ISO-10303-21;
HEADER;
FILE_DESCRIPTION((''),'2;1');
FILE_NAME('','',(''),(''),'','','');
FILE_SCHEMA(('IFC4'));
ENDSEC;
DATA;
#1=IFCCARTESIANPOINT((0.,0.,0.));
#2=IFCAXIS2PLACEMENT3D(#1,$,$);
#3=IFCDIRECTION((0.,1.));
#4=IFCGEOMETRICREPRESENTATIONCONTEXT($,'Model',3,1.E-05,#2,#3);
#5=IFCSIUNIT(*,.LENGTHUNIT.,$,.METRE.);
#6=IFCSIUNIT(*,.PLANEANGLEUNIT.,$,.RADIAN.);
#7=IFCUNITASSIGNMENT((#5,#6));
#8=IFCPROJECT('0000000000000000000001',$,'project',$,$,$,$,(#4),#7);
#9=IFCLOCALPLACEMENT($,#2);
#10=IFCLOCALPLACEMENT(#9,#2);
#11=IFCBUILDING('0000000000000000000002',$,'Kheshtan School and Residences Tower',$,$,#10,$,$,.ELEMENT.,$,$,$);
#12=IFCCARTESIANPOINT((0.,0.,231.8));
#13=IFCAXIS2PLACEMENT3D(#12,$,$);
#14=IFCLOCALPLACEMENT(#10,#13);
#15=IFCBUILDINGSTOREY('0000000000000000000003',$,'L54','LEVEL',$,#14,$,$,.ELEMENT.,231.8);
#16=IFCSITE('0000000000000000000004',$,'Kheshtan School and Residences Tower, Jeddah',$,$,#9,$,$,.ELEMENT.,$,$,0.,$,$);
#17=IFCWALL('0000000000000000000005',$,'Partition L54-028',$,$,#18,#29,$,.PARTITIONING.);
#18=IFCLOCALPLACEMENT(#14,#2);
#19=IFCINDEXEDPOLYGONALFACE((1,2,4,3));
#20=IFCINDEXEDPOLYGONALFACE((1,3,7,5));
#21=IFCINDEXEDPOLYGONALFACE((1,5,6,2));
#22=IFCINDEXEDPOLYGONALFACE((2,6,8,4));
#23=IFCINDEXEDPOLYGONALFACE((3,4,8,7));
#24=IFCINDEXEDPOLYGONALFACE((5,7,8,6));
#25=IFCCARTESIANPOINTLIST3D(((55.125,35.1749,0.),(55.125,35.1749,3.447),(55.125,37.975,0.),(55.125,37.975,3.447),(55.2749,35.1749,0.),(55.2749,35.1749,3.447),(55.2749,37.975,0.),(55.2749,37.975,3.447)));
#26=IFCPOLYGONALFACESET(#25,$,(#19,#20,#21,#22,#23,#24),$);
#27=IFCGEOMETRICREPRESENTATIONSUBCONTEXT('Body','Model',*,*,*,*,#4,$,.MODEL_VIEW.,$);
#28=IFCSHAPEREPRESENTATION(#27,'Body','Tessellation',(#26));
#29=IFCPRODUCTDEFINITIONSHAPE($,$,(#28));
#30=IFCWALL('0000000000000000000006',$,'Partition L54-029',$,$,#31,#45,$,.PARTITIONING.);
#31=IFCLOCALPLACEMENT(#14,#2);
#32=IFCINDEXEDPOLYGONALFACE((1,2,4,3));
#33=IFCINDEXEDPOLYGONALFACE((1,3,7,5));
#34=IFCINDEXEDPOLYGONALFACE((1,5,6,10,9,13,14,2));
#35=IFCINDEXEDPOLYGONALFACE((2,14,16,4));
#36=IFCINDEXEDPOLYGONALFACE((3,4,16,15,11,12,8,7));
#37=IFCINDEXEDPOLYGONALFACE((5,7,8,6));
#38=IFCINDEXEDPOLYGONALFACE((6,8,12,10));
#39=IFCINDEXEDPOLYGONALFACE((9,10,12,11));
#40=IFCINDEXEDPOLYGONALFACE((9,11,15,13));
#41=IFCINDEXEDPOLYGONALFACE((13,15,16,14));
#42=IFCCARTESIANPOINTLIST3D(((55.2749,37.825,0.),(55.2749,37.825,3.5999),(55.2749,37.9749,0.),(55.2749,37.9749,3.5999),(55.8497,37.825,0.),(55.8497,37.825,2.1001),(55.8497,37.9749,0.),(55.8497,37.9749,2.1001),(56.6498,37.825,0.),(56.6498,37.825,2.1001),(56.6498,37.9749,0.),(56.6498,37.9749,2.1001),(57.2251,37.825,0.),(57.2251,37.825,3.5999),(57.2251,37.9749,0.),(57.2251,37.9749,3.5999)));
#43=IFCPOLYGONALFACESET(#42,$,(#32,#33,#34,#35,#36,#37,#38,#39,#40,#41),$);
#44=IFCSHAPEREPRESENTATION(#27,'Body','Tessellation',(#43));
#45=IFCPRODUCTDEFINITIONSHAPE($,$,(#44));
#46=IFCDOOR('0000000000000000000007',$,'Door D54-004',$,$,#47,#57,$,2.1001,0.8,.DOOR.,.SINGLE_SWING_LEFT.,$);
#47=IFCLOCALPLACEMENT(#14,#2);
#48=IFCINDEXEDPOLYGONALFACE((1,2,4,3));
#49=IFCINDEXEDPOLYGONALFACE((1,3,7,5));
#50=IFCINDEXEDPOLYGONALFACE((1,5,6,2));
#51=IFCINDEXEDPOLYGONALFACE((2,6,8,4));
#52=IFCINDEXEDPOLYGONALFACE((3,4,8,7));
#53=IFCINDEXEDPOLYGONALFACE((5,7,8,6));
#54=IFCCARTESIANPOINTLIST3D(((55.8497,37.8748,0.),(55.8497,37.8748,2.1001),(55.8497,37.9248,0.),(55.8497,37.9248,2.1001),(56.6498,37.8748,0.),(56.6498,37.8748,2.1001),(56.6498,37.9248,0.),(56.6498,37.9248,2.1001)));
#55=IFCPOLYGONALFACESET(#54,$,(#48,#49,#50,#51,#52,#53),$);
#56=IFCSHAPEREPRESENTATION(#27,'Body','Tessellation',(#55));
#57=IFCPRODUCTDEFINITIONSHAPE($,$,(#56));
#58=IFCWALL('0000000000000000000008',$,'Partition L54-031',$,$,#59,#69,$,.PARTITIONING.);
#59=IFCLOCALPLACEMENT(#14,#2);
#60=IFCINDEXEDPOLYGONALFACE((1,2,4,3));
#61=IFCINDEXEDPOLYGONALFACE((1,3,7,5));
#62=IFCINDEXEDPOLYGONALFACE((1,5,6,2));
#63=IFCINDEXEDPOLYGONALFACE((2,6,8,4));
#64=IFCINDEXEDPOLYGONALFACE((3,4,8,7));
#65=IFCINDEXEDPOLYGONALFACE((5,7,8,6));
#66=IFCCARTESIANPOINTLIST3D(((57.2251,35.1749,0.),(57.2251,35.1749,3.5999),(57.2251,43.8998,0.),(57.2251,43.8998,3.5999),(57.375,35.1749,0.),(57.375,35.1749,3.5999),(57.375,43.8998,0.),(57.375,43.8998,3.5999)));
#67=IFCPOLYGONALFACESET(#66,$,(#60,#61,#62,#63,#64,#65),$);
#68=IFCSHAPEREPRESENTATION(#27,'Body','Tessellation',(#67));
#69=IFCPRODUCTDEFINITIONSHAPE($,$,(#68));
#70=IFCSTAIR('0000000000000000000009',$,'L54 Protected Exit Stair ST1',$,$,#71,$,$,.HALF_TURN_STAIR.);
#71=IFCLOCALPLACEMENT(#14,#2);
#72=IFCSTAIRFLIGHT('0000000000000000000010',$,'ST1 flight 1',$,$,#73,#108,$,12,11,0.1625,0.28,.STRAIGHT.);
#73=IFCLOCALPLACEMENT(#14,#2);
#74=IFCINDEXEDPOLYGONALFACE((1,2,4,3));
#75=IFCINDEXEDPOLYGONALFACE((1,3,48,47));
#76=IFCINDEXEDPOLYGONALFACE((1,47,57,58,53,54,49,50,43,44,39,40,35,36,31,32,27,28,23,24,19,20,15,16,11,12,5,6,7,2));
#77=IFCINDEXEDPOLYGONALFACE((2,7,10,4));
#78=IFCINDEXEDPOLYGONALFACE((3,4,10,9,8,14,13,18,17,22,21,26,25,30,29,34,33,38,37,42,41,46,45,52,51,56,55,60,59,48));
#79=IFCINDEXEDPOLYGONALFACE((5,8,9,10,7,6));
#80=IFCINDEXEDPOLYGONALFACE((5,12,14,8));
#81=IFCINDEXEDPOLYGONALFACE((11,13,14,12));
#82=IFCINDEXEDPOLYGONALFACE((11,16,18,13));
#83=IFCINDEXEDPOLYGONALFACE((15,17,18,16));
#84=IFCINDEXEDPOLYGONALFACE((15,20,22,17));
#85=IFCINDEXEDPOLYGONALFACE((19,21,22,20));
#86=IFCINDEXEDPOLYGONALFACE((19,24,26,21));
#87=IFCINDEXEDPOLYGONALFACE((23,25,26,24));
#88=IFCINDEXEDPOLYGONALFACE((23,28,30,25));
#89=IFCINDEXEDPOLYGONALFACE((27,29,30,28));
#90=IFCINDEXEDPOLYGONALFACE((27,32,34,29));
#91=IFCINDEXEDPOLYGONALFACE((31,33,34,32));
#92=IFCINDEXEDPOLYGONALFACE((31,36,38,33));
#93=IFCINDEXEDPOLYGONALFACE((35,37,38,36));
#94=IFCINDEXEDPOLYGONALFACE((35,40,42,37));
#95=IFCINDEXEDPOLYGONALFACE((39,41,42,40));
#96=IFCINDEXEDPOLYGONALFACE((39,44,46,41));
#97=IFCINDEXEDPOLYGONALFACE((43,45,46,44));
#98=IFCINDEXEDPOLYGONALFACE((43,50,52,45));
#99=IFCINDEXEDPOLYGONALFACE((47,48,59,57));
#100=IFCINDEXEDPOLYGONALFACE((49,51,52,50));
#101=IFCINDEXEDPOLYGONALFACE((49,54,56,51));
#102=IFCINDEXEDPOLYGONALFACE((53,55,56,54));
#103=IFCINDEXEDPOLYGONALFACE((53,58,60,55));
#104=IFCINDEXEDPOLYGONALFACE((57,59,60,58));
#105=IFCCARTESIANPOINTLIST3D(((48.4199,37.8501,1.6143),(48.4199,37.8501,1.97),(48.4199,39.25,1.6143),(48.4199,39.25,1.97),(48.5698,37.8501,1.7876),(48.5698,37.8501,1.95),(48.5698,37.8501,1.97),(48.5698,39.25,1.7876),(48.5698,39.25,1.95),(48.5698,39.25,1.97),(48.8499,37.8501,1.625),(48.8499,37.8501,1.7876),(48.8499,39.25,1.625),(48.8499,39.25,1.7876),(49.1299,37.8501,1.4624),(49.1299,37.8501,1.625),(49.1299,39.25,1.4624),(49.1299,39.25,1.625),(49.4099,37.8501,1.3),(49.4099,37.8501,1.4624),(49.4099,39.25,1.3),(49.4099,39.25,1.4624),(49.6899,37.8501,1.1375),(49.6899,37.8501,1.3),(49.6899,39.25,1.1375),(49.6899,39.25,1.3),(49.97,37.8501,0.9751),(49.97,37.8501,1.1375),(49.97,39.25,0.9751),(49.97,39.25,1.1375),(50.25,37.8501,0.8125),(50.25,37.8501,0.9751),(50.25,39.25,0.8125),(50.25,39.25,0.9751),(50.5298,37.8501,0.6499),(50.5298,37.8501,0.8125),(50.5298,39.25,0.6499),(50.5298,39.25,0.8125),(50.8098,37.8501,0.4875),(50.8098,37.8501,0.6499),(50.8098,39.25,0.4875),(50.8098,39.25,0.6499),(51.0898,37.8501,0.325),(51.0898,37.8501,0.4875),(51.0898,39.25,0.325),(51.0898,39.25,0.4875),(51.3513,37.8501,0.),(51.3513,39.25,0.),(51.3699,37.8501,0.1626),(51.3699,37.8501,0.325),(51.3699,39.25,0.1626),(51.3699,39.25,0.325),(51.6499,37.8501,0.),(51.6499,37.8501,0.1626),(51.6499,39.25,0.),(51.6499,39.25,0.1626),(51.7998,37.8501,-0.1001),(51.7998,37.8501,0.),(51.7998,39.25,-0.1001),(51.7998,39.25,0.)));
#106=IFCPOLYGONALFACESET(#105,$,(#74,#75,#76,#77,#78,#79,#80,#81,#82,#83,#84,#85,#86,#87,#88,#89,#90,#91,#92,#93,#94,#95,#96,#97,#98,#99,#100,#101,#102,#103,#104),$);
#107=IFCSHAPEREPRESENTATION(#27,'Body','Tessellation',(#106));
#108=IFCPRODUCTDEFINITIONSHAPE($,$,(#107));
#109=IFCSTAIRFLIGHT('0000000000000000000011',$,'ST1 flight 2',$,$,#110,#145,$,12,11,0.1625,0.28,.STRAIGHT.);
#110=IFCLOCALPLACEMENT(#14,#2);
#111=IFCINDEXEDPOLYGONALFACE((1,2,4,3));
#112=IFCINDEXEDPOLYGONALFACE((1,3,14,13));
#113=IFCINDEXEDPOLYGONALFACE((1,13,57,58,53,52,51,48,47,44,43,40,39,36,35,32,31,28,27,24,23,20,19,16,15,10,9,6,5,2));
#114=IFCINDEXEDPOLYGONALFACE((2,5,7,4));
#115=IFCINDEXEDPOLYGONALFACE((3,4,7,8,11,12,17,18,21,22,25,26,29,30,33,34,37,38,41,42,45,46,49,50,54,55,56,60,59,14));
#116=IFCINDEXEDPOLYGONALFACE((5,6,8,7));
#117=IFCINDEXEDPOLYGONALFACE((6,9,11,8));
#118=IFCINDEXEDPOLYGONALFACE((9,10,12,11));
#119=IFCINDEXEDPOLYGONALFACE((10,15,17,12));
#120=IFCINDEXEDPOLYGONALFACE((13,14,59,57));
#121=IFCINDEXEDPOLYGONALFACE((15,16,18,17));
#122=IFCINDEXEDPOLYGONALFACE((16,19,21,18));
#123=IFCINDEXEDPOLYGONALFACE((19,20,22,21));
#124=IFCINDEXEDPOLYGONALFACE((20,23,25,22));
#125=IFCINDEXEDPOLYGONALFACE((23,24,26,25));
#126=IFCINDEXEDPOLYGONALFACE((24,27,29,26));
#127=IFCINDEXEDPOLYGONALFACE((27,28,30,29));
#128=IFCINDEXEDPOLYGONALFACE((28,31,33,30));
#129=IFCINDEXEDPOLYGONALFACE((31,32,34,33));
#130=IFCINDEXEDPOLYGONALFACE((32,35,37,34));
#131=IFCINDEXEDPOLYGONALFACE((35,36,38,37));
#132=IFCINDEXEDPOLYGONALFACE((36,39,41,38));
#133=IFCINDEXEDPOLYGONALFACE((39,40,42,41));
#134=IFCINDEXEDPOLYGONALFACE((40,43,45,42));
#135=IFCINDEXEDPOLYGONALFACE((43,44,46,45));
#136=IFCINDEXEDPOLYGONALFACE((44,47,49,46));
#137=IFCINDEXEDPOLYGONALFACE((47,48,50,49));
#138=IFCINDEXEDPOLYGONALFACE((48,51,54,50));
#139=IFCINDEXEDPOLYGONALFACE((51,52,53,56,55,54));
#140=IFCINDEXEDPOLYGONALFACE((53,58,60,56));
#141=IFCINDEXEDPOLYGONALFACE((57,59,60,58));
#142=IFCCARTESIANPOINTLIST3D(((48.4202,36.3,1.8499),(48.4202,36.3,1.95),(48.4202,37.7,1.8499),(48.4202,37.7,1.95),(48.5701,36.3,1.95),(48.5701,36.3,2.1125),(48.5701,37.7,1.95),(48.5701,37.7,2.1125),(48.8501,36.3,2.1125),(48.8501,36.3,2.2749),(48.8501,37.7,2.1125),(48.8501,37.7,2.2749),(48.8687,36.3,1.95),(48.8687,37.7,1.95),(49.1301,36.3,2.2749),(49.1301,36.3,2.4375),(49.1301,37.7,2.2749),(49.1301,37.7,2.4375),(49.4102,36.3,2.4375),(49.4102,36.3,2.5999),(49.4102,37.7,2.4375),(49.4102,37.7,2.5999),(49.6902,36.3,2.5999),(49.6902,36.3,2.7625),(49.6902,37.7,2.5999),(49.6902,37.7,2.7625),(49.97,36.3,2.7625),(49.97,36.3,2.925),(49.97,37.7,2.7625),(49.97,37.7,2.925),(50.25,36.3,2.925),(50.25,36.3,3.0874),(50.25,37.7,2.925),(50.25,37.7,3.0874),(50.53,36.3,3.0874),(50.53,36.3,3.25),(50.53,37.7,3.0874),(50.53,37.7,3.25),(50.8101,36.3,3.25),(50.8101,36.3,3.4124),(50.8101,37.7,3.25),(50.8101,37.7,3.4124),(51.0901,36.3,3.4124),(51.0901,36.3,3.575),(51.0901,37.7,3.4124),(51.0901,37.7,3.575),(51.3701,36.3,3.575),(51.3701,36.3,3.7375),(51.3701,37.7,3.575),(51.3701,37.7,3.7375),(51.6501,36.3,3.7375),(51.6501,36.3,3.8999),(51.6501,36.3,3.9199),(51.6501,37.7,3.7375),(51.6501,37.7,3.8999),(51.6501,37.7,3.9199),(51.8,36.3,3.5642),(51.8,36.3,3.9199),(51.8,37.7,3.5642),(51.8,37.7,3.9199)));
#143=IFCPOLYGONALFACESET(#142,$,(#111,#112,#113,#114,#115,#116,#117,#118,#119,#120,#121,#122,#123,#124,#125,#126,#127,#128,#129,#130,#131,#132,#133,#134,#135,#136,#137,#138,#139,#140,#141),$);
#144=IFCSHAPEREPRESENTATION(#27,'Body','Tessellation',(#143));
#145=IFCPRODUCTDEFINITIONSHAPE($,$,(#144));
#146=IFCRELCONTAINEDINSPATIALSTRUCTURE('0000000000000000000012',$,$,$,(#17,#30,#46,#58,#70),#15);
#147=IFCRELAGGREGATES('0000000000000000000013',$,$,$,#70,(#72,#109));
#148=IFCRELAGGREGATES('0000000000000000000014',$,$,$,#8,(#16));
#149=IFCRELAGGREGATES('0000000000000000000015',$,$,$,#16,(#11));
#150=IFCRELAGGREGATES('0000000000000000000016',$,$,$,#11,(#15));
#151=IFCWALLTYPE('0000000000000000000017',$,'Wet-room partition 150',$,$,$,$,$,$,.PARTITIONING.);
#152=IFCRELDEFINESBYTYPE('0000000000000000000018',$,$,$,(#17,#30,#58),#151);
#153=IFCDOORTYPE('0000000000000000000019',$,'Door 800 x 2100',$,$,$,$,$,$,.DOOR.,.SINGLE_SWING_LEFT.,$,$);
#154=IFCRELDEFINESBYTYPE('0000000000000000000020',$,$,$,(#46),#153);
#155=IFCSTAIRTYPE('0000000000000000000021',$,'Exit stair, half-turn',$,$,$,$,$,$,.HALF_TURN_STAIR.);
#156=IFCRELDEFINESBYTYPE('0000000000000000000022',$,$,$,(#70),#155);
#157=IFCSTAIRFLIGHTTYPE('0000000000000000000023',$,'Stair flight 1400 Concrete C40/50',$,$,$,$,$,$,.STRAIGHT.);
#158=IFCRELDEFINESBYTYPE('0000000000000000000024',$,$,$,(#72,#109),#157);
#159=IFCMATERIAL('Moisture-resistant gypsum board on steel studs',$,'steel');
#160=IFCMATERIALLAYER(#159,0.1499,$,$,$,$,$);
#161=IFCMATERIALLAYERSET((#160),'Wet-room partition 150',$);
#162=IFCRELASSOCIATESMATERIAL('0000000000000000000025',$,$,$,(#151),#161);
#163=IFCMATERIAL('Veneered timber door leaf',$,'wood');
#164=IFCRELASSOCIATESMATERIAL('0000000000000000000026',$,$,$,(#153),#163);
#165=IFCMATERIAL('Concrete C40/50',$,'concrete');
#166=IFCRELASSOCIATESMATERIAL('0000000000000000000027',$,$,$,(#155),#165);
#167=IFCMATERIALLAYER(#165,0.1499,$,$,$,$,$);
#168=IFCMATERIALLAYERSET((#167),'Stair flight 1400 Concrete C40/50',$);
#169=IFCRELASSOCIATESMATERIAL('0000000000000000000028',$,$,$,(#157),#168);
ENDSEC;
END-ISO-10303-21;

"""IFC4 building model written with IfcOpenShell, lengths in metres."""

from ifc_helpers import new_model, si_unit, direction, frame, frame_2d, origin, place, context, subcontext, project, spatial, polyline, rectangle, outline, extrude, source, transform, mapped, material, layer, layer_set, type_object, element, fill, aggregate, save


model = new_model("IFC4")

# Units and contexts
model_context = context("Model", 3, precision=1e-05, world=origin(), true_north=direction((0.0, 1.0)))
body_context = subcontext(model_context, "Body", "Model", "MODEL_VIEW")
ifc_project = project(units=[si_unit("LENGTHUNIT", "METRE"), si_unit("PLANEANGLEUNIT", "RADIAN")], contexts=[model_context])

# Site, building, storey
site_placement = place(None, origin())
site = spatial("IfcSite", under=ifc_project, at=site_placement, Name="Kheshtan School and Residences Tower, Jeddah", CompositionType="ELEMENT", RefElevation=0.0)
building_placement = place(site_placement, origin())
building = spatial("IfcBuilding", under=site, at=building_placement, Name="Kheshtan School and Residences Tower", CompositionType="ELEMENT")
storey_placement = place(building_placement, frame((0.0, 0.0, 231.8)))
storey = spatial("IfcBuildingStorey", under=building, at=storey_placement, Name="L54", Description="LEVEL", CompositionType="ELEMENT", Elevation=231.8)

# Wall
ifc_material_1 = material(Name="Concrete C40/50", Category="concrete")
ifc_material_2 = material(Name="Moisture-resistant gypsum board on steel studs", Category="steel")
ifc_layer_1 = layer(ifc_material_2, 0.1499)
ifc_layer_set_1 = layer_set([ifc_layer_1], Name="Wet-room partition 150")
wall_type_1 = type_object("IfcWallType", Name="Wet-room partition 150", PredefinedType="PARTITIONING", material=ifc_layer_set_1)
wall_1_placement = place(storey_placement, frame((55.2, 35.175, 0.0), z_axis=(0.0, 0.0, 1.0), x_axis=(0.0, 1.0, 0.0)))
element("IfcWall", 1, at=wall_1_placement, inside=storey, type_object=wall_type_1, Name="Partition L54-028", PredefinedType="PARTITIONING", context=body_context, shape_type="SweptSolid", body=[
    extrude(rectangle(XDim=2.8, YDim=0.1499, at=frame_2d((1.3999, 0.0))), origin(), (0.0, 0.0, 1.0), 3.447),
])

# Wall, opening, door
wall_2_placement = place(storey_placement, frame((55.2749, 37.8999, 0.0), z_axis=(0.0, 0.0, 1.0), x_axis=(1.0, 0.0, 0.0)))
wall_2 = element("IfcWall", 2, at=wall_2_placement, inside=storey, type_object=wall_type_1, Name="Partition L54-029", PredefinedType="PARTITIONING", context=body_context, shape_type="SweptSolid", body=[
    extrude(rectangle(XDim=1.9502, YDim=0.1499, at=frame_2d((0.9751, 0.0))), origin(), (0.0, 0.0, 1.0), 3.5999),
])
opening_1_placement = place(wall_2_placement, frame((0.575, 0.0, 0.0)))
opening_1 = element("IfcOpeningElement", 3, at=opening_1_placement, cuts=wall_2, PredefinedType="OPENING", context=body_context, shape_type="SweptSolid", body=[
    extrude(rectangle(XDim=0.8, YDim=2.1001, at=frame_2d((0.3999, 1.05))), frame((0.0, 0.085, 0.0), z_axis=(0.0, -1.0, 0.0), x_axis=(1.0, 0.0, 0.0)), (0.0, 0.0, 1.0), 0.1699),
])
ifc_material_3 = material(Name="Veneered timber door leaf", Category="wood")
door_type_1 = type_object("IfcDoorType", Name="Door 800 x 2100", OperationType="SINGLE_SWING_LEFT", PredefinedType="DOOR", material=ifc_material_3)
shared_shape_1 = source(origin(), body_context, "Body", "SweptSolid", [
    extrude(rectangle(XDim=0.8, YDim=2.1001, at=frame_2d((0.3999, 1.05))), frame((0.0, 0.0249, 0.0), z_axis=(0.0, -1.0, 0.0), x_axis=(1.0, 0.0, 0.0)), (0.0, 0.0, 1.0), 0.05),
])
door_1_placement = place(opening_1_placement, origin())
door_1 = element("IfcDoor", 4, at=door_1_placement, inside=storey, type_object=door_type_1, Name="Door D54-004", OperationType="SINGLE_SWING_LEFT", OverallHeight=2.1001, OverallWidth=0.8, PredefinedType="DOOR", context=body_context, shape_type="MappedRepresentation", body=[
    mapped(shared_shape_1, transform((0.0, 0.0, 0.0), x_axis=(1.0, 0.0, 0.0), y_axis=(0.0, 1.0, 0.0), z_axis=(0.0, 0.0, 1.0), scale=1.0)),
])
fill(opening_1, door_1)

# Wall
wall_3_placement = place(storey_placement, frame((57.3, 35.175, 0.0), z_axis=(0.0, 0.0, 1.0), x_axis=(0.0, 1.0, 0.0)))
element("IfcWall", 5, at=wall_3_placement, inside=storey, type_object=wall_type_1, Name="Partition L54-031", PredefinedType="PARTITIONING", context=body_context, shape_type="SweptSolid", body=[
    extrude(rectangle(XDim=8.7249, YDim=0.1499, at=frame_2d((4.3623, 0.0))), origin(), (0.0, 0.0, 1.0), 3.5999),
])

# Stair, stair flights
stair_type = type_object("IfcStairType", Name="Exit stair, half-turn", PredefinedType="HALF_TURN_STAIR", material=ifc_material_1)
stair_placement = place(storey_placement, origin())
stair = element("IfcStair", 6, at=stair_placement, inside=storey, type_object=stair_type, Name="L54 Protected Exit Stair ST1", PredefinedType="HALF_TURN_STAIR")
ifc_layer_2 = layer(ifc_material_1, 0.1499)
ifc_layer_set_2 = layer_set([ifc_layer_2], Name="Stair flight 1400 Concrete C40/50")
stair_flight_type = type_object("IfcStairFlightType", Name="Stair flight 1400 Concrete C40/50", PredefinedType="STRAIGHT", material=ifc_layer_set_2)
stair_flight_1_placement = place(storey_placement, frame((51.6499, 38.55, 0.0), z_axis=(0.0, 0.0, 1.0), x_axis=(-1.0, 0.0, 0.0)))
stair_flight_1 = element("IfcStairFlight", 7, at=stair_flight_1_placement, type_object=stair_flight_type, Name="ST1 flight 1", NumberOfRisers=12, NumberOfTreads=11, PredefinedType="STRAIGHT", RiserHeight=0.1625, TreadLength=0.28, context=body_context, shape_type="SweptSolid", body=[
    extrude(outline(polyline([(-0.1499, -0.1001), (-0.1499, 0.0), (0.0, 0.0), (0.0, 0.1626), (0.28, 0.1626), (0.28, 0.325), (0.5601, 0.325), (0.5601, 0.4875), (0.8401, 0.4875), (0.8401, 0.6499), (1.1201, 0.6499), (1.1201, 0.8125), (1.3999, 0.8125), (1.3999, 0.9751), (1.6799, 0.9751), (1.6799, 1.1375), (1.96, 1.1375), (1.96, 1.3), (2.24, 1.3), (2.24, 1.4624), (2.52, 1.4624), (2.52, 1.625), (2.8, 1.625), (2.8, 1.7876), (3.0801, 1.7876), (3.0801, 1.95), (3.0801, 1.97), (3.23, 1.97), (3.23, 1.6143), (0.2986, 0.0), (-0.1499, -0.1001)])), frame((0.0, 0.7, 0.0), z_axis=(0.0, -1.0, 0.0), x_axis=(1.0, 0.0, 0.0)), (0.0, 0.0, 1.0), 1.3999),
])
stair_flight_2_placement = place(storey_placement, frame((48.5701, 37.0, 1.95), z_axis=(0.0, 0.0, 1.0), x_axis=(1.0, 0.0, 0.0)))
stair_flight_2 = element("IfcStairFlight", 8, at=stair_flight_2_placement, type_object=stair_flight_type, Name="ST1 flight 2", NumberOfRisers=12, NumberOfTreads=11, PredefinedType="STRAIGHT", RiserHeight=0.1625, TreadLength=0.28, context=body_context, shape_type="SweptSolid", body=[
    extrude(outline(polyline([(-0.1499, -0.1001), (-0.1499, 0.0), (0.0, 0.0), (0.0, 0.1626), (0.28, 0.1626), (0.28, 0.325), (0.5601, 0.325), (0.5601, 0.4875), (0.8401, 0.4875), (0.8401, 0.6499), (1.1201, 0.6499), (1.1201, 0.8125), (1.3999, 0.8125), (1.3999, 0.9751), (1.6799, 0.9751), (1.6799, 1.1375), (1.96, 1.1375), (1.96, 1.3), (2.24, 1.3), (2.24, 1.4624), (2.52, 1.4624), (2.52, 1.625), (2.8, 1.625), (2.8, 1.7876), (3.0801, 1.7876), (3.0801, 1.95), (3.0801, 1.97), (3.23, 1.97), (3.23, 1.6143), (0.2986, 0.0), (-0.1499, -0.1001)])), frame((0.0, 0.7, 0.0), z_axis=(0.0, -1.0, 0.0), x_axis=(1.0, 0.0, 0.0)), (0.0, 0.0, 1.0), 1.3999),
])
aggregate(stair, [stair_flight_1, stair_flight_2])

save(model, "model.ifc")
